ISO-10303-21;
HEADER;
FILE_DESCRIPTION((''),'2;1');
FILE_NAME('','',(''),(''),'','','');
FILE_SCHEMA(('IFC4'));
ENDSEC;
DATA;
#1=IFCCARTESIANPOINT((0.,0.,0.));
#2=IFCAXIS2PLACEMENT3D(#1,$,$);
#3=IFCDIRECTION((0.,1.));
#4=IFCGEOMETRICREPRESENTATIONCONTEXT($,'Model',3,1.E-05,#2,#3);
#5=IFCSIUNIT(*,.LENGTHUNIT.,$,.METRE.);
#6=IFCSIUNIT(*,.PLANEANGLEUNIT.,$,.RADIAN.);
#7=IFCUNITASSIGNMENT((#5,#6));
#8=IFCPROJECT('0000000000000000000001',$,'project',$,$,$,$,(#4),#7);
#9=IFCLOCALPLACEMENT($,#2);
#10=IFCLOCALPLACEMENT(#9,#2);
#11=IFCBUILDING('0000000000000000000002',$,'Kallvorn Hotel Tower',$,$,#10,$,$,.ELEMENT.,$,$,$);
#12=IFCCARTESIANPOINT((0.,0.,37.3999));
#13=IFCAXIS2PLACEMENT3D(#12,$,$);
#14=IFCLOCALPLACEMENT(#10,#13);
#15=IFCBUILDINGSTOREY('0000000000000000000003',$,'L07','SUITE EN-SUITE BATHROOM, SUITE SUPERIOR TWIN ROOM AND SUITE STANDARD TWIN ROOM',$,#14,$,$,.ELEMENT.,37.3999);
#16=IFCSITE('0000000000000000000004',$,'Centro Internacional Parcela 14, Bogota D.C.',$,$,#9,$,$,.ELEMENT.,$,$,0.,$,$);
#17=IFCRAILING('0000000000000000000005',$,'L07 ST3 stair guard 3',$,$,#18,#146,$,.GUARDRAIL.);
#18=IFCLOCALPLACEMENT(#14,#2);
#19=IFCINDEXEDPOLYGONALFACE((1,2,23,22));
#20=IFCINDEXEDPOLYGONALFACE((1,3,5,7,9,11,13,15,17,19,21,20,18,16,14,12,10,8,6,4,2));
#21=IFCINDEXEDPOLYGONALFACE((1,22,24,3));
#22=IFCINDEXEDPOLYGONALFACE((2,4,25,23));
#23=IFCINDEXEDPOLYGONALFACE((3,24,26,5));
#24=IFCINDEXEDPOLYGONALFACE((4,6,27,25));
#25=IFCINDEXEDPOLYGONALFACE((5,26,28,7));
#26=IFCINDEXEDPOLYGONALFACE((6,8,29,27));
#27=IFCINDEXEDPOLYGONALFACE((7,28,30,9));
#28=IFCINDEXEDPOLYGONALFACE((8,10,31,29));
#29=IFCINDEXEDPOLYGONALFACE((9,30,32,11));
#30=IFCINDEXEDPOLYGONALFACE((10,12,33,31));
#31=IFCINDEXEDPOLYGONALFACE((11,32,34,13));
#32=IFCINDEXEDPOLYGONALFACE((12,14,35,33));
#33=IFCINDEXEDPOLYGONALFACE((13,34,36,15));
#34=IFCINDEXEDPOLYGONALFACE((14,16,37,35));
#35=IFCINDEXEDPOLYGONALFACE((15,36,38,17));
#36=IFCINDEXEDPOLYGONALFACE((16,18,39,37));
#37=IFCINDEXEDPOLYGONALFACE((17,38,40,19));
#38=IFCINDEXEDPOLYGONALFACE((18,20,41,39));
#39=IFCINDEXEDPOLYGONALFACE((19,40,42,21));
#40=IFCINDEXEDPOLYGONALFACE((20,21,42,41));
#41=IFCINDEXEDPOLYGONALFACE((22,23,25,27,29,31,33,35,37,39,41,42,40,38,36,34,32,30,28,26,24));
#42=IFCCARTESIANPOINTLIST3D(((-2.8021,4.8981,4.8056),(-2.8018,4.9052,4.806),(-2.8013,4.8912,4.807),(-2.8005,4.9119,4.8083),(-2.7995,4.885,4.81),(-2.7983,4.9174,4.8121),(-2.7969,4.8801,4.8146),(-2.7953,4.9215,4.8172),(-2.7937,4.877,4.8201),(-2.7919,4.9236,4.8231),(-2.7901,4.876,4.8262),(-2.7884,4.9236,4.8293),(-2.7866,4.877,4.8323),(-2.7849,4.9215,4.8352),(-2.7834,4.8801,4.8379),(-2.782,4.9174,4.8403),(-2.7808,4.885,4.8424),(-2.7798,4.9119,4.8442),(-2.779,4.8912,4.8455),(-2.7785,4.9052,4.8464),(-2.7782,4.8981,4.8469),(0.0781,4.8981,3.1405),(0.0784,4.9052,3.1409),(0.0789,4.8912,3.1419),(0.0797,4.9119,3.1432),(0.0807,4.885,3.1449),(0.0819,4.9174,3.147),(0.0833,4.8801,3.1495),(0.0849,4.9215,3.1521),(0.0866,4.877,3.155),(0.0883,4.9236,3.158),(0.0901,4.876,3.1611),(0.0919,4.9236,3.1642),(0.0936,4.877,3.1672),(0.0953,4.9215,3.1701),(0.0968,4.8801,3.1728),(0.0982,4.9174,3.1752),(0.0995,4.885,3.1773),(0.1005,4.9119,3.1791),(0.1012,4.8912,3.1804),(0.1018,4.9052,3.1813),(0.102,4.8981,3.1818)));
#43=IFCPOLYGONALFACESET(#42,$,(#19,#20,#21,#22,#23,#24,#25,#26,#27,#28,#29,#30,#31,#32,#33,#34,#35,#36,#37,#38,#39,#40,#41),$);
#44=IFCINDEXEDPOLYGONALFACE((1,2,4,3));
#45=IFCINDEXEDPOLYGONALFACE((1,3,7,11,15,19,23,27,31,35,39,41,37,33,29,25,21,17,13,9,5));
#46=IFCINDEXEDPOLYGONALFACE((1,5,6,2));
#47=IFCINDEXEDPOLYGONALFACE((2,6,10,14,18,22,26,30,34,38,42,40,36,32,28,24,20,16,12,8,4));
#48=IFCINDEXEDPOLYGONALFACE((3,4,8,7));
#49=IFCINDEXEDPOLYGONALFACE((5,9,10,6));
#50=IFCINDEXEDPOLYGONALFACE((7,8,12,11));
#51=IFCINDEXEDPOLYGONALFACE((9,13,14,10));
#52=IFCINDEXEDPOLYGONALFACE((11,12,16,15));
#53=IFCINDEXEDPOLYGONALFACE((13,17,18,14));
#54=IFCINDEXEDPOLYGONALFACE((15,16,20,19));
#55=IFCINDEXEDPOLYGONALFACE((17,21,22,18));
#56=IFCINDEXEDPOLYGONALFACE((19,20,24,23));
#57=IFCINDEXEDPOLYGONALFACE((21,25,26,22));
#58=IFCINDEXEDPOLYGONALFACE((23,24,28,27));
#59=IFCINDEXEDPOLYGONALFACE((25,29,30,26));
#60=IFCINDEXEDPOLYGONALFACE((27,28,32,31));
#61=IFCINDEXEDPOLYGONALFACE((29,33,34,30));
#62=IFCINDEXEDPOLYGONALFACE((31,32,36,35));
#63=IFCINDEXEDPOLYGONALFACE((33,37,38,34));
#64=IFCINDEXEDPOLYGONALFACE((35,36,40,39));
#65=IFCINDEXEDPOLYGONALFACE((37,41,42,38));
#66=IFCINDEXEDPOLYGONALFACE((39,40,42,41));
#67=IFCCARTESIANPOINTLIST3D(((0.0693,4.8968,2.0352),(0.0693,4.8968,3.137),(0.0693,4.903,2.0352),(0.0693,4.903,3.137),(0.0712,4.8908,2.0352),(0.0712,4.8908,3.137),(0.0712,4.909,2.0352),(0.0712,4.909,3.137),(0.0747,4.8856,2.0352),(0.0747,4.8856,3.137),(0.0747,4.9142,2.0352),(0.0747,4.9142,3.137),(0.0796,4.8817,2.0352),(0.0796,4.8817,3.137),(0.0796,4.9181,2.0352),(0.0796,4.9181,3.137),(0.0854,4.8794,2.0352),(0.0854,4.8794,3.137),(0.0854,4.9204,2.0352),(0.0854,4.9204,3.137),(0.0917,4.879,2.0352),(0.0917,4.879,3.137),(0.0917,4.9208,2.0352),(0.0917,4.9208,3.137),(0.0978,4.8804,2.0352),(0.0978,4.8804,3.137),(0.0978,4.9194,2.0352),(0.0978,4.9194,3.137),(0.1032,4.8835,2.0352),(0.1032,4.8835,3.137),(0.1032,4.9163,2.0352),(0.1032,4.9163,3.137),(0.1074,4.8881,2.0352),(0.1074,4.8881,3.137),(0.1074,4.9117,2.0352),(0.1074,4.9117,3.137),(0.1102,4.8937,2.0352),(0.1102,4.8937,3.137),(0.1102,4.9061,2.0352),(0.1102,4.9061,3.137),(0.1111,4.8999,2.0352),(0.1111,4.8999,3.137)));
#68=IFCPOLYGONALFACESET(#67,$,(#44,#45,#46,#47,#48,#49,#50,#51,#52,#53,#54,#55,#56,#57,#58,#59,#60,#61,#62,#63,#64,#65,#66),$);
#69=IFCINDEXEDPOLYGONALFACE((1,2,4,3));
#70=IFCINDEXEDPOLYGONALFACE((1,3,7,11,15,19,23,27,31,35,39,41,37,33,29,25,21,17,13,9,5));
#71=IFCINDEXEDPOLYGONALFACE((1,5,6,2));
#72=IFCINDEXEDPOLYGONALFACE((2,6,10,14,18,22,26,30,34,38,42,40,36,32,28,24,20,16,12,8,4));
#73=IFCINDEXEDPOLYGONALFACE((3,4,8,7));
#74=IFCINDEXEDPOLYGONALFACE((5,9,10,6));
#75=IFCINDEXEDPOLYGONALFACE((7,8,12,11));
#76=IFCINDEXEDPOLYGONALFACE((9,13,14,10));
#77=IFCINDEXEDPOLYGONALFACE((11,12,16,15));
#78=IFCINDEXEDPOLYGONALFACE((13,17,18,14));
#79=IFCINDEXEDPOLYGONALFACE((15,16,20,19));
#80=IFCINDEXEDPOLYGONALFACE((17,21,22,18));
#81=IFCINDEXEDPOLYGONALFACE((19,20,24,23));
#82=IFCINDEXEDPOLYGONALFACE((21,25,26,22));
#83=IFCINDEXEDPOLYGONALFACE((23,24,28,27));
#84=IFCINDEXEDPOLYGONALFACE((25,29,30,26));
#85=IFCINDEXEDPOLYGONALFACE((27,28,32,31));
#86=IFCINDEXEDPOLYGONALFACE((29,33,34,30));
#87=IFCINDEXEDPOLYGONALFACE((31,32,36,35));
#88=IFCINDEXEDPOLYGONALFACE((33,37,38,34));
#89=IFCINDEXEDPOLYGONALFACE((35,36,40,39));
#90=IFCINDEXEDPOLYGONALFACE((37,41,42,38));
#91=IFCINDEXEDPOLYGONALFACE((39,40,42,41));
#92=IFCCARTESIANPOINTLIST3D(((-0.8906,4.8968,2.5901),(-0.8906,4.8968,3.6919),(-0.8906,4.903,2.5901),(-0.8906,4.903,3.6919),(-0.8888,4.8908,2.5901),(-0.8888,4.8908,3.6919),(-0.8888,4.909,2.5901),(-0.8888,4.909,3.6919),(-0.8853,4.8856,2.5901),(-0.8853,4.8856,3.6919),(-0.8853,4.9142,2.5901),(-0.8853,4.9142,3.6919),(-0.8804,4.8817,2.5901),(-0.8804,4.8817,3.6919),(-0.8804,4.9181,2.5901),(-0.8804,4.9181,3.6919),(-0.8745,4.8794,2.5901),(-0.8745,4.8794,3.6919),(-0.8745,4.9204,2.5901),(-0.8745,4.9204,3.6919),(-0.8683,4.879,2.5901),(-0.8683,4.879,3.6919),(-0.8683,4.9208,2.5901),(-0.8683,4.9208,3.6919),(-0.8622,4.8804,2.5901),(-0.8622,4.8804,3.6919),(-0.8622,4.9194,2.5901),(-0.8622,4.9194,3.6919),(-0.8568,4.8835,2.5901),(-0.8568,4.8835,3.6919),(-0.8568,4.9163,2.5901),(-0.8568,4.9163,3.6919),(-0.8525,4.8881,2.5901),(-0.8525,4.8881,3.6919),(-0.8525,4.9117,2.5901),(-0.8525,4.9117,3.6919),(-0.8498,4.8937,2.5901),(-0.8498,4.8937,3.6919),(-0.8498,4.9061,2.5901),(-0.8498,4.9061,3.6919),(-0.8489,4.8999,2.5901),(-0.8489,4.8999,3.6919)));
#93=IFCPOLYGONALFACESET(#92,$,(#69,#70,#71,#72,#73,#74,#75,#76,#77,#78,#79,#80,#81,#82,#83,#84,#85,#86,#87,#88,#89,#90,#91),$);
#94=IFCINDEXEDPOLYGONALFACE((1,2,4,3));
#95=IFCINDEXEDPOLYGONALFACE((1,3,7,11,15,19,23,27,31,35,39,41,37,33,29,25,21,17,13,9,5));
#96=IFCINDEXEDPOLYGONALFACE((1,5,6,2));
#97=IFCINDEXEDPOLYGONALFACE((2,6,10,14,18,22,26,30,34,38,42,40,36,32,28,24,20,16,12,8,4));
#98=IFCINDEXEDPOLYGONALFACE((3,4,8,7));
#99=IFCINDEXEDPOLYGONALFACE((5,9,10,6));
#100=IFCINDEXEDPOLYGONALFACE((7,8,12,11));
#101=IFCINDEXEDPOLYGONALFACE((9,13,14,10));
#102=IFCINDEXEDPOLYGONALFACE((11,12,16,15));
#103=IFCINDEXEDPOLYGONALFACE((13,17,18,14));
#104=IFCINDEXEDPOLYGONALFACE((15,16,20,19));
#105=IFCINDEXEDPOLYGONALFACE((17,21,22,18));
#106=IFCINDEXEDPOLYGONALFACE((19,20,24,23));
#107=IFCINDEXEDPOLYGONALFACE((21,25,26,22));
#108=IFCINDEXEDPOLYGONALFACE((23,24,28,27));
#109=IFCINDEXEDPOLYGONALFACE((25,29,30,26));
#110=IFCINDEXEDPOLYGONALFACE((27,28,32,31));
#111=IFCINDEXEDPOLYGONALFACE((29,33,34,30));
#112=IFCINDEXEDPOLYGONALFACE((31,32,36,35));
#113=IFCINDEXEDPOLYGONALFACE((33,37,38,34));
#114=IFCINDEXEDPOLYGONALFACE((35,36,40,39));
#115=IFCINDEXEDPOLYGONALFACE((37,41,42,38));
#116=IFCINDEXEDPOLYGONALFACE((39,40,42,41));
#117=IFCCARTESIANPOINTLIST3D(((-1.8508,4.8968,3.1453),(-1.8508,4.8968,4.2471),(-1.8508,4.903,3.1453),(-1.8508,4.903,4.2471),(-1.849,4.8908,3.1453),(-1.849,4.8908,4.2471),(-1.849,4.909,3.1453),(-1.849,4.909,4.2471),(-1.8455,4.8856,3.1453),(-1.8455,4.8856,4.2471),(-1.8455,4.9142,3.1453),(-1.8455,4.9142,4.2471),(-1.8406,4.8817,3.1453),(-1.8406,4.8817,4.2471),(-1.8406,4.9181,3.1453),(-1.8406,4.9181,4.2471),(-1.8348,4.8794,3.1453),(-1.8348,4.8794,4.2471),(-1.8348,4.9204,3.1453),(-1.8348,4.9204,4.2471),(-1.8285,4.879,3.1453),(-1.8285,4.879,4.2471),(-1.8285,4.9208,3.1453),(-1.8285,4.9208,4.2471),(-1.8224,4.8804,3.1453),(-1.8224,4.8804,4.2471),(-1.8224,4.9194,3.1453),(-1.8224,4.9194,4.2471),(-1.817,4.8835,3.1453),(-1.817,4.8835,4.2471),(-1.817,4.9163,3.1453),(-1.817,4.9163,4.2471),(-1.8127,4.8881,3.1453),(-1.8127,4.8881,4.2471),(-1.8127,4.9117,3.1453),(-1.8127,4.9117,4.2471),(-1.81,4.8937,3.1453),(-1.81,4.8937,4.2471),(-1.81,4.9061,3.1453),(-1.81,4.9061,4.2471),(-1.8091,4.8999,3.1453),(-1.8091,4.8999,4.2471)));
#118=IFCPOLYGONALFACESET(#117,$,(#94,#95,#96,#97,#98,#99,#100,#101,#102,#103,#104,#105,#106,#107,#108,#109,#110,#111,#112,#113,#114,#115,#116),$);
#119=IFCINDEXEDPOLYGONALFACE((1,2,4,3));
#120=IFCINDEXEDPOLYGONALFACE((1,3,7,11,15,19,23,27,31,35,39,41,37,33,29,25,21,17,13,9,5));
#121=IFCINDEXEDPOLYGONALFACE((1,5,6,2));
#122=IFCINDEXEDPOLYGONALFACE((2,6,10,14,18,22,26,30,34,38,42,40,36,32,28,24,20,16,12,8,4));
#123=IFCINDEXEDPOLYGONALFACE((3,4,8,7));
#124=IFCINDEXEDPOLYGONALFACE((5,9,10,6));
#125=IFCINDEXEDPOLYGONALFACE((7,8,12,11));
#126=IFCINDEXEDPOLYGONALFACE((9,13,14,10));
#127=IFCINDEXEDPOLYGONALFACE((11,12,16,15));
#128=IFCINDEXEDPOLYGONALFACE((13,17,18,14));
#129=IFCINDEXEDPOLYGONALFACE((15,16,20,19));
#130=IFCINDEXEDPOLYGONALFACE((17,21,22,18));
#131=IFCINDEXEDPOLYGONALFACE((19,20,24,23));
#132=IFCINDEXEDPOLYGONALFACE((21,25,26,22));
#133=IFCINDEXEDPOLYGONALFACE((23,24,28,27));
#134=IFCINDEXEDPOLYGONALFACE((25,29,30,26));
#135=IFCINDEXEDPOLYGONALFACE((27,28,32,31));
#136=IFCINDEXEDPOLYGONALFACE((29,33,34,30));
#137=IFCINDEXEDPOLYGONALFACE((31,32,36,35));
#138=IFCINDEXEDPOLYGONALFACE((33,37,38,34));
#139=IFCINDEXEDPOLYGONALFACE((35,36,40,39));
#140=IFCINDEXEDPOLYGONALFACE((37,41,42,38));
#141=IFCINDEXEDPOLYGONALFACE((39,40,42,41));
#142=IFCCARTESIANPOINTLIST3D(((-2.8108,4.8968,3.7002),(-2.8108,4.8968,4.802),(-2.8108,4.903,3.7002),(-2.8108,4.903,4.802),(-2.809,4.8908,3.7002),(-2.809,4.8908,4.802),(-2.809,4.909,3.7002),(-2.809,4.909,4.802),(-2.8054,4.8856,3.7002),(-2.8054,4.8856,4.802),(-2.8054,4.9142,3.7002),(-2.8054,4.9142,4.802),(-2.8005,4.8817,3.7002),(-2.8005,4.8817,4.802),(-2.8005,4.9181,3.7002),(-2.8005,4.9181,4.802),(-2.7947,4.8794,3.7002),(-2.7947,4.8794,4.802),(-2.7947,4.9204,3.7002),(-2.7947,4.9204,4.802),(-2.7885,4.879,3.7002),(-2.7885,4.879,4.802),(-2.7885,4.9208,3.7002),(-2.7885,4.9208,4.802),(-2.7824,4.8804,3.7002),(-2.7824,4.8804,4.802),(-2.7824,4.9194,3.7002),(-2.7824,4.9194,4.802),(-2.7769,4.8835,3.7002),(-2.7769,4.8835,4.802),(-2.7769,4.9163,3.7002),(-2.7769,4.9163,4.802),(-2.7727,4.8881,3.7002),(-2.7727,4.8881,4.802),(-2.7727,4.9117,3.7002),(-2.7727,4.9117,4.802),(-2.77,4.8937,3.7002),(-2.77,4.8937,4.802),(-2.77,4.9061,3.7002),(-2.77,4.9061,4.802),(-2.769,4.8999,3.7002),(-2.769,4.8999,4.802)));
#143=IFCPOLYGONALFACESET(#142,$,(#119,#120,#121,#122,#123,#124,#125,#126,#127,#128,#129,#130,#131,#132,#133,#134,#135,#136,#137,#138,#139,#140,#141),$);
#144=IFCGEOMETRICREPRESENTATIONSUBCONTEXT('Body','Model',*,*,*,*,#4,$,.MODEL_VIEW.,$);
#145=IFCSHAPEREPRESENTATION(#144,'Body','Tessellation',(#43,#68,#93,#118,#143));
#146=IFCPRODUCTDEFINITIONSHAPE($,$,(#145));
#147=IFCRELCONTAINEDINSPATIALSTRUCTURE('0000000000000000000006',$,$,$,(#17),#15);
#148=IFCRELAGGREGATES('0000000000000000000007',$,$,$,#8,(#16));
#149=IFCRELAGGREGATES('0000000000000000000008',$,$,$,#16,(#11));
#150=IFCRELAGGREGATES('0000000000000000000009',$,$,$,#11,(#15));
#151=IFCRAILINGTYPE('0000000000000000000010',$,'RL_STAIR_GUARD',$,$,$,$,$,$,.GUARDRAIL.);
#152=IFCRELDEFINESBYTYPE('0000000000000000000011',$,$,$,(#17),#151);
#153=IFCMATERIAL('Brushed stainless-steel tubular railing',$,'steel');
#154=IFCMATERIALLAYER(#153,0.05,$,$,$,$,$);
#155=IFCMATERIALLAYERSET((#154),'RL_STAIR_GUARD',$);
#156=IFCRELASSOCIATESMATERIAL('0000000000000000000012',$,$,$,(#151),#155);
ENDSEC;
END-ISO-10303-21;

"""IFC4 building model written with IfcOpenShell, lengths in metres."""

from ifc_helpers import new_model, si_unit, direction, frame, origin, origin_2d, place, context, subcontext, project, spatial, circle, extrude, material, layer, layer_set, type_object, element, save


model = new_model("IFC4")

# Units and contexts
model_context = context("Model", 3, precision=1e-05, world=origin(), true_north=direction((0.0, 1.0)))
body_context = subcontext(model_context, "Body", "Model", "MODEL_VIEW")
ifc_project = project(units=[si_unit("LENGTHUNIT", "METRE"), si_unit("PLANEANGLEUNIT", "RADIAN")], contexts=[model_context])

# Site, building, storey
site_placement = place(None, origin())
site = spatial("IfcSite", under=ifc_project, at=site_placement, Name="Centro Internacional Parcela 14, Bogota D.C.", CompositionType="ELEMENT", RefElevation=0.0)
building_placement = place(site_placement, origin())
building = spatial("IfcBuilding", under=site, at=building_placement, Name="Kallvorn Hotel Tower", CompositionType="ELEMENT")
storey_placement = place(building_placement, frame((0.0, 0.0, 37.3999)))
storey = spatial("IfcBuildingStorey", under=building, at=storey_placement, Name="L07", Description="SUITE EN-SUITE BATHROOM, SUITE SUPERIOR TWIN ROOM AND SUITE STANDARD TWIN ROOM", CompositionType="ELEMENT", Elevation=37.3999)

# Railing
ifc_material_1 = material(Name="Brushed stainless-steel tubular railing", Category="steel")
ifc_layer_1 = layer(ifc_material_1, 0.05)
ifc_layer_set_1 = layer_set([ifc_layer_1], Name="RL_STAIR_GUARD")
railing_type_1 = type_object("IfcRailingType", Name="RL_STAIR_GUARD", PredefinedType="GUARDRAIL", material=ifc_layer_set_1)
railing_1_placement = place(storey_placement, frame((0.0901, 4.8999, 2.0352)))
element("IfcRailing", 1, at=railing_1_placement, inside=storey, type_object=railing_type_1, Name="L07 ST3 stair guard 3", PredefinedType="GUARDRAIL", context=body_context, shape_type="SweptSolid", body=[
    extrude(circle(Radius=0.0239, at=origin_2d()), frame((0.0, 0.0, 1.126), z_axis=(-0.865739, 0.0, 0.500495), x_axis=(0.0, -1.0, 0.0)), (0.0, 0.0, 1.0), 3.3269),
    extrude(circle(Radius=0.021, at=origin_2d()), origin(), (0.0, 0.0, 1.0), 1.1018),
    extrude(circle(Radius=0.021, at=origin_2d()), frame((-0.96, 0.0, 0.5549)), (0.0, 0.0, 1.0), 1.1018),
    extrude(circle(Radius=0.021, at=origin_2d()), frame((-1.9202, 0.0, 1.1101)), (0.0, 0.0, 1.0), 1.1018),
    extrude(circle(Radius=0.021, at=origin_2d()), frame((-2.8801, 0.0, 1.665)), (0.0, 0.0, 1.0), 1.1018),
])

save(model, "model.ifc")
